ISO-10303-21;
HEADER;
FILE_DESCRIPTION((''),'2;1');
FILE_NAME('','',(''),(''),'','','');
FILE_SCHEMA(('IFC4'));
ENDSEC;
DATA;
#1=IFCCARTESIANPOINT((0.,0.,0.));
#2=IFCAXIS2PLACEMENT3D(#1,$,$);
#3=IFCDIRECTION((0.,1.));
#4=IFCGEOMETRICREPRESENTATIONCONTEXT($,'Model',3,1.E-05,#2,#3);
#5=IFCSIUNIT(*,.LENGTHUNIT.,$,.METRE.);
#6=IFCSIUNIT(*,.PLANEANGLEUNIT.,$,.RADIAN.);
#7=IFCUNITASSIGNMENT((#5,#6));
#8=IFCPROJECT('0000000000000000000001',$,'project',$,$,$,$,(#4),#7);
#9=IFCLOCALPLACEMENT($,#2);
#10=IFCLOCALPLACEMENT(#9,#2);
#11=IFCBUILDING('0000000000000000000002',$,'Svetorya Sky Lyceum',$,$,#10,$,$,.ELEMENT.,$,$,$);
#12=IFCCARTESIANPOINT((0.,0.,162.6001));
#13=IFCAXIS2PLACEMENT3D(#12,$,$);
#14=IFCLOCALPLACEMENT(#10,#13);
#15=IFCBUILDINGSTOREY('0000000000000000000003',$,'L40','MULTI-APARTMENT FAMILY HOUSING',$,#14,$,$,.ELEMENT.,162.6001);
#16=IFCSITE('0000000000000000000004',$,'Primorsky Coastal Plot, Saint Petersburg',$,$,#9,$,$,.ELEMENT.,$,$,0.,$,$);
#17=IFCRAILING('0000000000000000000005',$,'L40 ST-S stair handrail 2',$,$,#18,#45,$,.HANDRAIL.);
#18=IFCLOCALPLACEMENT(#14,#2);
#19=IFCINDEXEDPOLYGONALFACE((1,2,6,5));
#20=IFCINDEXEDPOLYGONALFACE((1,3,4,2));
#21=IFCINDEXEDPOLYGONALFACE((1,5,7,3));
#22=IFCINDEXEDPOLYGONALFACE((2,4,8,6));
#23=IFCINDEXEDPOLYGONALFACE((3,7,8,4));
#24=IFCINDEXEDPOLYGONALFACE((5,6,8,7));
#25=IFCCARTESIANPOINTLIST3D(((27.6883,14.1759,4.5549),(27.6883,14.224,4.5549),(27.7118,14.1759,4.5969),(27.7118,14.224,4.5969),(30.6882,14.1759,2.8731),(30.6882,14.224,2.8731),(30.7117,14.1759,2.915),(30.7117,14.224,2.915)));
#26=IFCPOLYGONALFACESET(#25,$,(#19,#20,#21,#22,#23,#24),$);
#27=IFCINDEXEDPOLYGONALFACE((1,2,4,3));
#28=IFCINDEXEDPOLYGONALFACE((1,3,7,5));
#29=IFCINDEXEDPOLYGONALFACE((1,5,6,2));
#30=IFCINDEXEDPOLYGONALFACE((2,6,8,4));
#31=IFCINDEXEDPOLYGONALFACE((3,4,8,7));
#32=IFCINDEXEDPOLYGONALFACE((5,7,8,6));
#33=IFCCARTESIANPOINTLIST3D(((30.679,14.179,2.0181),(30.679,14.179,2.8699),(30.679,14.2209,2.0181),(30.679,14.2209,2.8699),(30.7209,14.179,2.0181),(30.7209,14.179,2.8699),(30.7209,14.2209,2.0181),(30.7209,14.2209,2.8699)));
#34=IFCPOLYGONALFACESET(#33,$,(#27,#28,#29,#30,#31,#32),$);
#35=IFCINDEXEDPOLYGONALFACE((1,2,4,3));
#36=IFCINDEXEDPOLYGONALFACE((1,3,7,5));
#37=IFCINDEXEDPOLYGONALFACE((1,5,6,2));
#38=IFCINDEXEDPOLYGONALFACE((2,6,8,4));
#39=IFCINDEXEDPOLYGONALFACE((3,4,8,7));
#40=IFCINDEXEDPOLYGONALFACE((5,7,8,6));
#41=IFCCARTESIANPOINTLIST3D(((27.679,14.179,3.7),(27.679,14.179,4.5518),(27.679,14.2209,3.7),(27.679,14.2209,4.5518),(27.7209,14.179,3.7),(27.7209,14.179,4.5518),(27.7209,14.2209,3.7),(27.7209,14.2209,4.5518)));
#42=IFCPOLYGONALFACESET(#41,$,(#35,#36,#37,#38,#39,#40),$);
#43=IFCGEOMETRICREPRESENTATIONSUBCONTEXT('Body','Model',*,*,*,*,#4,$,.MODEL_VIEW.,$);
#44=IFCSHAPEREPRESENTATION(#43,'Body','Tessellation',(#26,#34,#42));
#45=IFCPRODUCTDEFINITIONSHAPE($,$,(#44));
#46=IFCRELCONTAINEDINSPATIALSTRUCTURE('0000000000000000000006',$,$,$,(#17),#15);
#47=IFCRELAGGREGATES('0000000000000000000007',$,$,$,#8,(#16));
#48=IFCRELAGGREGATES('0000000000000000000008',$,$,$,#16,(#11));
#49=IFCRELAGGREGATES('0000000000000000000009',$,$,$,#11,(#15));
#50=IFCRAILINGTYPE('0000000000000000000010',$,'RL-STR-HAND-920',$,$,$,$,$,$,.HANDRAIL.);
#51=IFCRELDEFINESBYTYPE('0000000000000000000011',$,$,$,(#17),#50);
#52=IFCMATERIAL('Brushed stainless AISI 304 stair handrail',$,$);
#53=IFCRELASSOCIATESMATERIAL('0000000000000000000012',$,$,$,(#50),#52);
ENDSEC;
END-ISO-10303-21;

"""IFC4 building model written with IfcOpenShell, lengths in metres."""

from ifc_helpers import new_model, si_unit, direction, frame, origin, origin_2d, place, context, subcontext, project, spatial, rectangle, extrude, material, type_object, element, save


model = new_model("IFC4")

# Units and contexts
model_context = context("Model", 3, precision=1e-05, world=origin(), true_north=direction((0.0, 1.0)))
body_context = subcontext(model_context, "Body", "Model", "MODEL_VIEW")
ifc_project = project(units=[si_unit("LENGTHUNIT", "METRE"), si_unit("PLANEANGLEUNIT", "RADIAN")], contexts=[model_context])

# Site, building, storey
site_placement = place(None, origin())
site = spatial("IfcSite", under=ifc_project, at=site_placement, Name="Primorsky Coastal Plot, Saint Petersburg", CompositionType="ELEMENT", RefElevation=0.0)
building_placement = place(site_placement, origin())
building = spatial("IfcBuilding", under=site, at=building_placement, Name="Svetorya Sky Lyceum", CompositionType="ELEMENT")
storey_placement = place(building_placement, frame((0.0, 0.0, 162.6001)))
storey = spatial("IfcBuildingStorey", under=building, at=storey_placement, Name="L40", Description="MULTI-APARTMENT FAMILY HOUSING", CompositionType="ELEMENT", Elevation=162.6001)

# Railing
ifc_material_1 = material(Name="Brushed stainless AISI 304 stair handrail")
railing_type_1 = type_object("IfcRailingType", Name="RL-STR-HAND-920", PredefinedType="HANDRAIL", material=ifc_material_1)
railing_1_placement = place(storey_placement, frame((30.7, 14.2, 2.0181)))
element("IfcRailing", 1, at=railing_1_placement, inside=storey, type_object=railing_type_1, Name="L40 ST-S stair handrail 2", PredefinedType="HANDRAIL", context=body_context, shape_type="SweptSolid", body=[
    extrude(rectangle(XDim=0.0481, YDim=0.0481, at=origin_2d()), frame((0.0, 0.0, 0.876), z_axis=(-0.872272, 0.0, 0.48902), x_axis=(0.0, -1.0, 0.0)), (0.0, 0.0, 1.0), 3.4392),
    extrude(rectangle(XDim=0.042, YDim=0.042, at=origin_2d()), origin(), (0.0, 0.0, 1.0), 0.8518),
    extrude(rectangle(XDim=0.042, YDim=0.042, at=origin_2d()), frame((-3.0, 0.0, 1.6819)), (0.0, 0.0, 1.0), 0.8518),
])

save(model, "model.ifc")
